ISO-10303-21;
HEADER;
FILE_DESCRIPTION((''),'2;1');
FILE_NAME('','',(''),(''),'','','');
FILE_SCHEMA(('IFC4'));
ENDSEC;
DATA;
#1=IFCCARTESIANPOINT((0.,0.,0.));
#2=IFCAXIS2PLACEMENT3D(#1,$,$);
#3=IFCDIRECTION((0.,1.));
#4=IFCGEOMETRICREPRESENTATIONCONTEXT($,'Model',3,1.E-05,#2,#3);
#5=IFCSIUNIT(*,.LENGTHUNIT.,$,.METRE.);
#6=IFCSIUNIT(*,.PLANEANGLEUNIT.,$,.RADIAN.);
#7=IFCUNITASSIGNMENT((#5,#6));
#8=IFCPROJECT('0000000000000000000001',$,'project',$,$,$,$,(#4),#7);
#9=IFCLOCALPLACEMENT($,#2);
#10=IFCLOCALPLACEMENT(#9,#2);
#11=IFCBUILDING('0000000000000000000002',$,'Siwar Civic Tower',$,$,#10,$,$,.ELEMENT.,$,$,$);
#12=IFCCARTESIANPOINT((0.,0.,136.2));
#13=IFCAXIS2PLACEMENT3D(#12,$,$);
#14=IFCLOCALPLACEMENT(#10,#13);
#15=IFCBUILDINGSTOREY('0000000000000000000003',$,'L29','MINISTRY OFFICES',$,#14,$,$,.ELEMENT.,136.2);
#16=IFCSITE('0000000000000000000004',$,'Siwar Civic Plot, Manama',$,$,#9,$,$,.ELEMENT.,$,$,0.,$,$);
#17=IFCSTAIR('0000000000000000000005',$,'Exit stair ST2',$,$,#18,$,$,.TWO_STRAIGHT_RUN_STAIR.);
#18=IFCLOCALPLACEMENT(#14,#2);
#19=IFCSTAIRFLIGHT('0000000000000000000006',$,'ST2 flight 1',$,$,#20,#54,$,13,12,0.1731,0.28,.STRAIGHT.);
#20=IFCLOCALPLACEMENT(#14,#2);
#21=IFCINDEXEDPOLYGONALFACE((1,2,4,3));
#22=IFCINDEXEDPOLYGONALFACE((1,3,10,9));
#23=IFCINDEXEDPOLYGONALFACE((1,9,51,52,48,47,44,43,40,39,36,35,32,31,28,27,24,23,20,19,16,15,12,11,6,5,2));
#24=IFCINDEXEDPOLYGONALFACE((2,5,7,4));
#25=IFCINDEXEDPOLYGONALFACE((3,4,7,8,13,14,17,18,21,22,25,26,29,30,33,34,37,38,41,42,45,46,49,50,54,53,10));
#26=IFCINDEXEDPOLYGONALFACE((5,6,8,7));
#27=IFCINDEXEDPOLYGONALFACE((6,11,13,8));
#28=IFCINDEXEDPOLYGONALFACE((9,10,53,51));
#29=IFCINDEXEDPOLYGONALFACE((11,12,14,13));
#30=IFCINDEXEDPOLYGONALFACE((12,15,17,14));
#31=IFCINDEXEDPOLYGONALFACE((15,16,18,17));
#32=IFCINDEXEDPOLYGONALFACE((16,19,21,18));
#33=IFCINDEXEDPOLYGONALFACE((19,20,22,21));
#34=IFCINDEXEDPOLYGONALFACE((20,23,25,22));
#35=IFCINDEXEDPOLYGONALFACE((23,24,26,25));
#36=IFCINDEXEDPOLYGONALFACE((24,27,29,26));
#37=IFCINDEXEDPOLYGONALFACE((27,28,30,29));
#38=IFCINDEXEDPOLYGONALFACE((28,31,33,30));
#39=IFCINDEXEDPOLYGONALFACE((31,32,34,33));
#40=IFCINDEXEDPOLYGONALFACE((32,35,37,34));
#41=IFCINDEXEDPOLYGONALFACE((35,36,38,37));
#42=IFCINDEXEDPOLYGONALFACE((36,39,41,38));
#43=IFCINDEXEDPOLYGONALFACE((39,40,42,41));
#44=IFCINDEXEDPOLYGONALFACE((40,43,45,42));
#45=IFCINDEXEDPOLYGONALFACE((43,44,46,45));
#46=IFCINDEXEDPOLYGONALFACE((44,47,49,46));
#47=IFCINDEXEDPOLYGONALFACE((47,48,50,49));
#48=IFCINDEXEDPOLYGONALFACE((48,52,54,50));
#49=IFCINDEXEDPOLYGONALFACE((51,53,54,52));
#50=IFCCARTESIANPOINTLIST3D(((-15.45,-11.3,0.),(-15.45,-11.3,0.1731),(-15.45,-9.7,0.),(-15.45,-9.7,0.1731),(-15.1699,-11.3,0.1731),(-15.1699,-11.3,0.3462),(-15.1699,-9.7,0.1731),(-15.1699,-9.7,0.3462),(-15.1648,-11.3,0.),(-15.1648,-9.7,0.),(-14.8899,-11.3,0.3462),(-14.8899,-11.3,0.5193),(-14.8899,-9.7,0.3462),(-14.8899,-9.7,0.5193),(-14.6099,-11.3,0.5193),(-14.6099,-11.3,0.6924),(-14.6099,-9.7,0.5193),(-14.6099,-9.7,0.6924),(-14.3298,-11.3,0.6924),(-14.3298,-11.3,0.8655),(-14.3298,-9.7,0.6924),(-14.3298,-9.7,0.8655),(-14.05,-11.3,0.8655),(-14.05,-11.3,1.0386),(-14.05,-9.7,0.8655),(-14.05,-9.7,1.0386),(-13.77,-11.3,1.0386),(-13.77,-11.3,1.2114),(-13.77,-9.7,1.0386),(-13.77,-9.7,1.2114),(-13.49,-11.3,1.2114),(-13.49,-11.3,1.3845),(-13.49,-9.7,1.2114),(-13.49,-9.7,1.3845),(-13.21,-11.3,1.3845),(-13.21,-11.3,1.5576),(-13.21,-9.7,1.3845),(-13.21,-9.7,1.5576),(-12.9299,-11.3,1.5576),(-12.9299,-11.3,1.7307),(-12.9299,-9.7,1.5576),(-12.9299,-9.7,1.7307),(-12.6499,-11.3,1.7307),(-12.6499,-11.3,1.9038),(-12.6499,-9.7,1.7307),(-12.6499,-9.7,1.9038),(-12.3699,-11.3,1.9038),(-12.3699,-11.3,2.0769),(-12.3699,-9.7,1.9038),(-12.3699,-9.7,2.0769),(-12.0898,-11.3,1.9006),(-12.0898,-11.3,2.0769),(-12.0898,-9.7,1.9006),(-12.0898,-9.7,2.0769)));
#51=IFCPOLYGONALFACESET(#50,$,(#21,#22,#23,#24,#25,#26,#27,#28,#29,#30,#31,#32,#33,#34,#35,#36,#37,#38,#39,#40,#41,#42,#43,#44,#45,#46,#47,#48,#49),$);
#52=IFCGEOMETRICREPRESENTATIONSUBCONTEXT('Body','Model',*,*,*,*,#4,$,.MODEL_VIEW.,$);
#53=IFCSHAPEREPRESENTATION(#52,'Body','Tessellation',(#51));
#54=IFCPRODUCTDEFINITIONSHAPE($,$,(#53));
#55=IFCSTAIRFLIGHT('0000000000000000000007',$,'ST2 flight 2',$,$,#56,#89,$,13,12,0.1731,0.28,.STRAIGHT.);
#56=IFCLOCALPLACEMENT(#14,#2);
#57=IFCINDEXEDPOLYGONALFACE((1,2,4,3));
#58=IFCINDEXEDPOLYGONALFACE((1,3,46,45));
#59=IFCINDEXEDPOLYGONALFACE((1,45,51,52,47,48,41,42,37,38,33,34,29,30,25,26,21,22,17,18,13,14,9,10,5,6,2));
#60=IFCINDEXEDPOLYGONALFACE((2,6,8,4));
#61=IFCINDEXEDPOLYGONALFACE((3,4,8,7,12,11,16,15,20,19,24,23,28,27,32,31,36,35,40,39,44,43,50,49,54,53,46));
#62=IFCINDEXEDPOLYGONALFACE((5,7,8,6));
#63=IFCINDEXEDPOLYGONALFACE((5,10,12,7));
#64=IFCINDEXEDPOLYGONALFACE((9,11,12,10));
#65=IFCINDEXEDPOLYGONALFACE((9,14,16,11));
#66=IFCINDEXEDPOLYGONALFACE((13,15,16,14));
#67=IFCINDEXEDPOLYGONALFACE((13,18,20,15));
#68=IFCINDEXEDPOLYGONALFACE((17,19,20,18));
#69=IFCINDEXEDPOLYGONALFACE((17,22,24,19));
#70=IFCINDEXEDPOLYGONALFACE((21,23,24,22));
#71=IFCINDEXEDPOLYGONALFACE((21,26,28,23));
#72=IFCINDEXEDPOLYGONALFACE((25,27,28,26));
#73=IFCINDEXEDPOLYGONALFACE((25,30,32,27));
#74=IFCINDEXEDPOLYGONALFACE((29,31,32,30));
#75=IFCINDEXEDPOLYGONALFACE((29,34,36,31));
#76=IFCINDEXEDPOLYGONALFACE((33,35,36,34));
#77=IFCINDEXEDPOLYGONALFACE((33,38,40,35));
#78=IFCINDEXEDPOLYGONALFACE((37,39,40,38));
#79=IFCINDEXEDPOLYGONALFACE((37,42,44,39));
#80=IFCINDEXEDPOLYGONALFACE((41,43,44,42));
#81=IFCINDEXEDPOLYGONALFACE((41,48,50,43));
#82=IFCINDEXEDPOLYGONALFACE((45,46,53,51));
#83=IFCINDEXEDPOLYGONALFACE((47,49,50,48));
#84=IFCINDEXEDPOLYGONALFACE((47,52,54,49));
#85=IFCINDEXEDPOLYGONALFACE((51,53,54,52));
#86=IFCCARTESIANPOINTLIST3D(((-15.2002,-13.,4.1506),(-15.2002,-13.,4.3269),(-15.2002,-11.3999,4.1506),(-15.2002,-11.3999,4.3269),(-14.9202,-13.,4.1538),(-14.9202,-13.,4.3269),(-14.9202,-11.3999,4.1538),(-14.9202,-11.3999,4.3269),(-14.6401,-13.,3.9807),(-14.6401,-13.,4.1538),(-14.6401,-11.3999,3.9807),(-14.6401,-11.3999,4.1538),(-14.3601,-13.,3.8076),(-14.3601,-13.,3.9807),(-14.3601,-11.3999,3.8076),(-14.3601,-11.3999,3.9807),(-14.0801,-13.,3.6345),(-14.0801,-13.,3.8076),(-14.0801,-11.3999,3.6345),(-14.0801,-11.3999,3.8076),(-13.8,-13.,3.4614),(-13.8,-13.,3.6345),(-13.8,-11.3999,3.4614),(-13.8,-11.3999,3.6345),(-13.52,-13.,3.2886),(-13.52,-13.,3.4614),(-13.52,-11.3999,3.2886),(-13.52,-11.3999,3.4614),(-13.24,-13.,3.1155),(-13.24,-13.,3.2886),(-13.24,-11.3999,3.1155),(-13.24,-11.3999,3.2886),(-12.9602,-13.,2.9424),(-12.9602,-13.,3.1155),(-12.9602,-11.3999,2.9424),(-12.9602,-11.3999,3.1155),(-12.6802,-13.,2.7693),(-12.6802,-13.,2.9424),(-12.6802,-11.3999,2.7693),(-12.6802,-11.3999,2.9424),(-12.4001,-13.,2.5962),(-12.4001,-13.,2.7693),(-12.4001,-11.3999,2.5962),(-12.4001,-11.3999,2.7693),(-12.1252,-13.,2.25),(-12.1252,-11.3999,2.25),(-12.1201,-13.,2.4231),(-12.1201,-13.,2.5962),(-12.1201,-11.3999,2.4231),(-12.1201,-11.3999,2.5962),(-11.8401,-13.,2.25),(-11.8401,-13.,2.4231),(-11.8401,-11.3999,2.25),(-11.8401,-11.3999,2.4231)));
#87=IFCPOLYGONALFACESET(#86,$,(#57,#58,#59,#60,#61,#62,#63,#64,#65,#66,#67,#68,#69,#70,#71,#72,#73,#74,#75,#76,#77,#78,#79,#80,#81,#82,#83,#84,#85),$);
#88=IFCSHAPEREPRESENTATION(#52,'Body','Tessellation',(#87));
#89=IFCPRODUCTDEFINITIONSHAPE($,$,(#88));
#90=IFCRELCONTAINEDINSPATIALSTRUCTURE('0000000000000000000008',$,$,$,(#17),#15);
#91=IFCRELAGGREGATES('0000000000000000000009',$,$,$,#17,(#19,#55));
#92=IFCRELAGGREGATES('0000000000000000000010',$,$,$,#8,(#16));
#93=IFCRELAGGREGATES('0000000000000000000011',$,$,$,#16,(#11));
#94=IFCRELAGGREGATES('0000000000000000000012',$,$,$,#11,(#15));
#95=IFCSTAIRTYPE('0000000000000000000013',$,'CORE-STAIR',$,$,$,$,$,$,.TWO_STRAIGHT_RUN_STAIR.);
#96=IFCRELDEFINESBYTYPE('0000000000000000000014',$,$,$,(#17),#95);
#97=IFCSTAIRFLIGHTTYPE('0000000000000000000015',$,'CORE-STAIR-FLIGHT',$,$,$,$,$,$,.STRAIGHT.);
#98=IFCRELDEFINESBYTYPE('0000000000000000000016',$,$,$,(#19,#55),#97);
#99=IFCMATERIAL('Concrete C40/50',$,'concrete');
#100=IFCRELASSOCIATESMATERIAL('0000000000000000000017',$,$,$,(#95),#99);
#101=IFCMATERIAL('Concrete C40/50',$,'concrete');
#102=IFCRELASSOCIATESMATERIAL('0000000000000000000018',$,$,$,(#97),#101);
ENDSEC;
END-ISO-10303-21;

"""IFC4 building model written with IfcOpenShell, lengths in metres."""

from ifc_helpers import new_model, si_unit, direction, frame, origin, place, context, subcontext, project, spatial, polyline, outline, extrude, material, type_object, element, aggregate, save


model = new_model("IFC4")

# Units and contexts
model_context = context("Model", 3, precision=1e-05, world=origin(), true_north=direction((0.0, 1.0)))
body_context = subcontext(model_context, "Body", "Model", "MODEL_VIEW")
ifc_project = project(units=[si_unit("LENGTHUNIT", "METRE"), si_unit("PLANEANGLEUNIT", "RADIAN")], contexts=[model_context])

# Site, building, storey
site_placement = place(None, origin())
site = spatial("IfcSite", under=ifc_project, at=site_placement, Name="Siwar Civic Plot, Manama", CompositionType="ELEMENT", RefElevation=0.0)
building_placement = place(site_placement, origin())
building = spatial("IfcBuilding", under=site, at=building_placement, Name="Siwar Civic Tower", CompositionType="ELEMENT")
storey_placement = place(building_placement, frame((0.0, 0.0, 136.2)))
storey = spatial("IfcBuildingStorey", under=building, at=storey_placement, Name="L29", Description="MINISTRY OFFICES", CompositionType="ELEMENT", Elevation=136.2)

# Stair, stair flights
ifc_material_1 = material(Name="Concrete C40/50", Category="concrete")
stair_type = type_object("IfcStairType", Name="CORE-STAIR", PredefinedType="TWO_STRAIGHT_RUN_STAIR", material=ifc_material_1)
stair_placement = place(storey_placement, origin())
stair = element("IfcStair", 1, at=stair_placement, inside=storey, type_object=stair_type, Name="Exit stair ST2", PredefinedType="TWO_STRAIGHT_RUN_STAIR")
ifc_material_2 = material(Name="Concrete C40/50", Category="concrete")
stair_flight_type = type_object("IfcStairFlightType", Name="CORE-STAIR-FLIGHT", PredefinedType="STRAIGHT", material=ifc_material_2)
stair_flight_1_placement = place(storey_placement, frame((-15.45, -10.5, 0.0), z_axis=(0.0, 0.0, 1.0), x_axis=(1.0, 0.0, 0.0)))
stair_flight_1 = element("IfcStairFlight", 2, at=stair_flight_1_placement, type_object=stair_flight_type, Name="ST2 flight 1", NumberOfRisers=13, NumberOfTreads=12, PredefinedType="STRAIGHT", RiserHeight=0.1731, TreadLength=0.28, context=body_context, shape_type="SweptSolid", body=[
    extrude(outline(polyline([(0.0, 0.0), (0.0, 0.1731), (0.28, 0.1731), (0.28, 0.3462), (0.5601, 0.3462), (0.5601, 0.5193), (0.8401, 0.5193), (0.8401, 0.6924), (1.1201, 0.6924), (1.1201, 0.8655), (1.3999, 0.8655), (1.3999, 1.0386), (1.6799, 1.0386), (1.6799, 1.2114), (1.96, 1.2114), (1.96, 1.3845), (2.24, 1.3845), (2.24, 1.5576), (2.52, 1.5576), (2.52, 1.7307), (2.8, 1.7307), (2.8, 1.9038), (3.0801, 1.9038), (3.0801, 2.0769), (3.3601, 2.0769), (3.3601, 2.25), (3.3601, 1.9006), (0.2852, 0.0), (0.0, 0.0)])), frame((0.0, 0.8, 0.0), z_axis=(0.0, -1.0, 0.0), x_axis=(1.0, 0.0, 0.0)), (0.0, 0.0, 1.0), 1.6001),
])
stair_flight_2_placement = place(storey_placement, frame((-11.8401, -12.2, 2.25), z_axis=(0.0, 0.0, 1.0), x_axis=(-1.0, 0.0, 0.0)))
stair_flight_2 = element("IfcStairFlight", 3, at=stair_flight_2_placement, type_object=stair_flight_type, Name="ST2 flight 2", NumberOfRisers=13, NumberOfTreads=12, PredefinedType="STRAIGHT", RiserHeight=0.1731, TreadLength=0.28, context=body_context, shape_type="SweptSolid", body=[
    extrude(outline(polyline([(0.0, 0.0), (0.0, 0.1731), (0.28, 0.1731), (0.28, 0.3462), (0.5601, 0.3462), (0.5601, 0.5193), (0.8401, 0.5193), (0.8401, 0.6924), (1.1201, 0.6924), (1.1201, 0.8655), (1.3999, 0.8655), (1.3999, 1.0386), (1.6799, 1.0386), (1.6799, 1.2114), (1.96, 1.2114), (1.96, 1.3845), (2.24, 1.3845), (2.24, 1.5576), (2.52, 1.5576), (2.52, 1.7307), (2.8, 1.7307), (2.8, 1.9038), (3.0801, 1.9038), (3.0801, 2.0769), (3.3601, 2.0769), (3.3601, 2.25), (3.3601, 1.9006), (0.2852, 0.0), (0.0, 0.0)])), frame((0.0, 0.8, 0.0), z_axis=(0.0, -1.0, 0.0), x_axis=(1.0, 0.0, 0.0)), (0.0, 0.0, 1.0), 1.6001),
])
aggregate(stair, [stair_flight_1, stair_flight_2])

save(model, "model.ifc")
